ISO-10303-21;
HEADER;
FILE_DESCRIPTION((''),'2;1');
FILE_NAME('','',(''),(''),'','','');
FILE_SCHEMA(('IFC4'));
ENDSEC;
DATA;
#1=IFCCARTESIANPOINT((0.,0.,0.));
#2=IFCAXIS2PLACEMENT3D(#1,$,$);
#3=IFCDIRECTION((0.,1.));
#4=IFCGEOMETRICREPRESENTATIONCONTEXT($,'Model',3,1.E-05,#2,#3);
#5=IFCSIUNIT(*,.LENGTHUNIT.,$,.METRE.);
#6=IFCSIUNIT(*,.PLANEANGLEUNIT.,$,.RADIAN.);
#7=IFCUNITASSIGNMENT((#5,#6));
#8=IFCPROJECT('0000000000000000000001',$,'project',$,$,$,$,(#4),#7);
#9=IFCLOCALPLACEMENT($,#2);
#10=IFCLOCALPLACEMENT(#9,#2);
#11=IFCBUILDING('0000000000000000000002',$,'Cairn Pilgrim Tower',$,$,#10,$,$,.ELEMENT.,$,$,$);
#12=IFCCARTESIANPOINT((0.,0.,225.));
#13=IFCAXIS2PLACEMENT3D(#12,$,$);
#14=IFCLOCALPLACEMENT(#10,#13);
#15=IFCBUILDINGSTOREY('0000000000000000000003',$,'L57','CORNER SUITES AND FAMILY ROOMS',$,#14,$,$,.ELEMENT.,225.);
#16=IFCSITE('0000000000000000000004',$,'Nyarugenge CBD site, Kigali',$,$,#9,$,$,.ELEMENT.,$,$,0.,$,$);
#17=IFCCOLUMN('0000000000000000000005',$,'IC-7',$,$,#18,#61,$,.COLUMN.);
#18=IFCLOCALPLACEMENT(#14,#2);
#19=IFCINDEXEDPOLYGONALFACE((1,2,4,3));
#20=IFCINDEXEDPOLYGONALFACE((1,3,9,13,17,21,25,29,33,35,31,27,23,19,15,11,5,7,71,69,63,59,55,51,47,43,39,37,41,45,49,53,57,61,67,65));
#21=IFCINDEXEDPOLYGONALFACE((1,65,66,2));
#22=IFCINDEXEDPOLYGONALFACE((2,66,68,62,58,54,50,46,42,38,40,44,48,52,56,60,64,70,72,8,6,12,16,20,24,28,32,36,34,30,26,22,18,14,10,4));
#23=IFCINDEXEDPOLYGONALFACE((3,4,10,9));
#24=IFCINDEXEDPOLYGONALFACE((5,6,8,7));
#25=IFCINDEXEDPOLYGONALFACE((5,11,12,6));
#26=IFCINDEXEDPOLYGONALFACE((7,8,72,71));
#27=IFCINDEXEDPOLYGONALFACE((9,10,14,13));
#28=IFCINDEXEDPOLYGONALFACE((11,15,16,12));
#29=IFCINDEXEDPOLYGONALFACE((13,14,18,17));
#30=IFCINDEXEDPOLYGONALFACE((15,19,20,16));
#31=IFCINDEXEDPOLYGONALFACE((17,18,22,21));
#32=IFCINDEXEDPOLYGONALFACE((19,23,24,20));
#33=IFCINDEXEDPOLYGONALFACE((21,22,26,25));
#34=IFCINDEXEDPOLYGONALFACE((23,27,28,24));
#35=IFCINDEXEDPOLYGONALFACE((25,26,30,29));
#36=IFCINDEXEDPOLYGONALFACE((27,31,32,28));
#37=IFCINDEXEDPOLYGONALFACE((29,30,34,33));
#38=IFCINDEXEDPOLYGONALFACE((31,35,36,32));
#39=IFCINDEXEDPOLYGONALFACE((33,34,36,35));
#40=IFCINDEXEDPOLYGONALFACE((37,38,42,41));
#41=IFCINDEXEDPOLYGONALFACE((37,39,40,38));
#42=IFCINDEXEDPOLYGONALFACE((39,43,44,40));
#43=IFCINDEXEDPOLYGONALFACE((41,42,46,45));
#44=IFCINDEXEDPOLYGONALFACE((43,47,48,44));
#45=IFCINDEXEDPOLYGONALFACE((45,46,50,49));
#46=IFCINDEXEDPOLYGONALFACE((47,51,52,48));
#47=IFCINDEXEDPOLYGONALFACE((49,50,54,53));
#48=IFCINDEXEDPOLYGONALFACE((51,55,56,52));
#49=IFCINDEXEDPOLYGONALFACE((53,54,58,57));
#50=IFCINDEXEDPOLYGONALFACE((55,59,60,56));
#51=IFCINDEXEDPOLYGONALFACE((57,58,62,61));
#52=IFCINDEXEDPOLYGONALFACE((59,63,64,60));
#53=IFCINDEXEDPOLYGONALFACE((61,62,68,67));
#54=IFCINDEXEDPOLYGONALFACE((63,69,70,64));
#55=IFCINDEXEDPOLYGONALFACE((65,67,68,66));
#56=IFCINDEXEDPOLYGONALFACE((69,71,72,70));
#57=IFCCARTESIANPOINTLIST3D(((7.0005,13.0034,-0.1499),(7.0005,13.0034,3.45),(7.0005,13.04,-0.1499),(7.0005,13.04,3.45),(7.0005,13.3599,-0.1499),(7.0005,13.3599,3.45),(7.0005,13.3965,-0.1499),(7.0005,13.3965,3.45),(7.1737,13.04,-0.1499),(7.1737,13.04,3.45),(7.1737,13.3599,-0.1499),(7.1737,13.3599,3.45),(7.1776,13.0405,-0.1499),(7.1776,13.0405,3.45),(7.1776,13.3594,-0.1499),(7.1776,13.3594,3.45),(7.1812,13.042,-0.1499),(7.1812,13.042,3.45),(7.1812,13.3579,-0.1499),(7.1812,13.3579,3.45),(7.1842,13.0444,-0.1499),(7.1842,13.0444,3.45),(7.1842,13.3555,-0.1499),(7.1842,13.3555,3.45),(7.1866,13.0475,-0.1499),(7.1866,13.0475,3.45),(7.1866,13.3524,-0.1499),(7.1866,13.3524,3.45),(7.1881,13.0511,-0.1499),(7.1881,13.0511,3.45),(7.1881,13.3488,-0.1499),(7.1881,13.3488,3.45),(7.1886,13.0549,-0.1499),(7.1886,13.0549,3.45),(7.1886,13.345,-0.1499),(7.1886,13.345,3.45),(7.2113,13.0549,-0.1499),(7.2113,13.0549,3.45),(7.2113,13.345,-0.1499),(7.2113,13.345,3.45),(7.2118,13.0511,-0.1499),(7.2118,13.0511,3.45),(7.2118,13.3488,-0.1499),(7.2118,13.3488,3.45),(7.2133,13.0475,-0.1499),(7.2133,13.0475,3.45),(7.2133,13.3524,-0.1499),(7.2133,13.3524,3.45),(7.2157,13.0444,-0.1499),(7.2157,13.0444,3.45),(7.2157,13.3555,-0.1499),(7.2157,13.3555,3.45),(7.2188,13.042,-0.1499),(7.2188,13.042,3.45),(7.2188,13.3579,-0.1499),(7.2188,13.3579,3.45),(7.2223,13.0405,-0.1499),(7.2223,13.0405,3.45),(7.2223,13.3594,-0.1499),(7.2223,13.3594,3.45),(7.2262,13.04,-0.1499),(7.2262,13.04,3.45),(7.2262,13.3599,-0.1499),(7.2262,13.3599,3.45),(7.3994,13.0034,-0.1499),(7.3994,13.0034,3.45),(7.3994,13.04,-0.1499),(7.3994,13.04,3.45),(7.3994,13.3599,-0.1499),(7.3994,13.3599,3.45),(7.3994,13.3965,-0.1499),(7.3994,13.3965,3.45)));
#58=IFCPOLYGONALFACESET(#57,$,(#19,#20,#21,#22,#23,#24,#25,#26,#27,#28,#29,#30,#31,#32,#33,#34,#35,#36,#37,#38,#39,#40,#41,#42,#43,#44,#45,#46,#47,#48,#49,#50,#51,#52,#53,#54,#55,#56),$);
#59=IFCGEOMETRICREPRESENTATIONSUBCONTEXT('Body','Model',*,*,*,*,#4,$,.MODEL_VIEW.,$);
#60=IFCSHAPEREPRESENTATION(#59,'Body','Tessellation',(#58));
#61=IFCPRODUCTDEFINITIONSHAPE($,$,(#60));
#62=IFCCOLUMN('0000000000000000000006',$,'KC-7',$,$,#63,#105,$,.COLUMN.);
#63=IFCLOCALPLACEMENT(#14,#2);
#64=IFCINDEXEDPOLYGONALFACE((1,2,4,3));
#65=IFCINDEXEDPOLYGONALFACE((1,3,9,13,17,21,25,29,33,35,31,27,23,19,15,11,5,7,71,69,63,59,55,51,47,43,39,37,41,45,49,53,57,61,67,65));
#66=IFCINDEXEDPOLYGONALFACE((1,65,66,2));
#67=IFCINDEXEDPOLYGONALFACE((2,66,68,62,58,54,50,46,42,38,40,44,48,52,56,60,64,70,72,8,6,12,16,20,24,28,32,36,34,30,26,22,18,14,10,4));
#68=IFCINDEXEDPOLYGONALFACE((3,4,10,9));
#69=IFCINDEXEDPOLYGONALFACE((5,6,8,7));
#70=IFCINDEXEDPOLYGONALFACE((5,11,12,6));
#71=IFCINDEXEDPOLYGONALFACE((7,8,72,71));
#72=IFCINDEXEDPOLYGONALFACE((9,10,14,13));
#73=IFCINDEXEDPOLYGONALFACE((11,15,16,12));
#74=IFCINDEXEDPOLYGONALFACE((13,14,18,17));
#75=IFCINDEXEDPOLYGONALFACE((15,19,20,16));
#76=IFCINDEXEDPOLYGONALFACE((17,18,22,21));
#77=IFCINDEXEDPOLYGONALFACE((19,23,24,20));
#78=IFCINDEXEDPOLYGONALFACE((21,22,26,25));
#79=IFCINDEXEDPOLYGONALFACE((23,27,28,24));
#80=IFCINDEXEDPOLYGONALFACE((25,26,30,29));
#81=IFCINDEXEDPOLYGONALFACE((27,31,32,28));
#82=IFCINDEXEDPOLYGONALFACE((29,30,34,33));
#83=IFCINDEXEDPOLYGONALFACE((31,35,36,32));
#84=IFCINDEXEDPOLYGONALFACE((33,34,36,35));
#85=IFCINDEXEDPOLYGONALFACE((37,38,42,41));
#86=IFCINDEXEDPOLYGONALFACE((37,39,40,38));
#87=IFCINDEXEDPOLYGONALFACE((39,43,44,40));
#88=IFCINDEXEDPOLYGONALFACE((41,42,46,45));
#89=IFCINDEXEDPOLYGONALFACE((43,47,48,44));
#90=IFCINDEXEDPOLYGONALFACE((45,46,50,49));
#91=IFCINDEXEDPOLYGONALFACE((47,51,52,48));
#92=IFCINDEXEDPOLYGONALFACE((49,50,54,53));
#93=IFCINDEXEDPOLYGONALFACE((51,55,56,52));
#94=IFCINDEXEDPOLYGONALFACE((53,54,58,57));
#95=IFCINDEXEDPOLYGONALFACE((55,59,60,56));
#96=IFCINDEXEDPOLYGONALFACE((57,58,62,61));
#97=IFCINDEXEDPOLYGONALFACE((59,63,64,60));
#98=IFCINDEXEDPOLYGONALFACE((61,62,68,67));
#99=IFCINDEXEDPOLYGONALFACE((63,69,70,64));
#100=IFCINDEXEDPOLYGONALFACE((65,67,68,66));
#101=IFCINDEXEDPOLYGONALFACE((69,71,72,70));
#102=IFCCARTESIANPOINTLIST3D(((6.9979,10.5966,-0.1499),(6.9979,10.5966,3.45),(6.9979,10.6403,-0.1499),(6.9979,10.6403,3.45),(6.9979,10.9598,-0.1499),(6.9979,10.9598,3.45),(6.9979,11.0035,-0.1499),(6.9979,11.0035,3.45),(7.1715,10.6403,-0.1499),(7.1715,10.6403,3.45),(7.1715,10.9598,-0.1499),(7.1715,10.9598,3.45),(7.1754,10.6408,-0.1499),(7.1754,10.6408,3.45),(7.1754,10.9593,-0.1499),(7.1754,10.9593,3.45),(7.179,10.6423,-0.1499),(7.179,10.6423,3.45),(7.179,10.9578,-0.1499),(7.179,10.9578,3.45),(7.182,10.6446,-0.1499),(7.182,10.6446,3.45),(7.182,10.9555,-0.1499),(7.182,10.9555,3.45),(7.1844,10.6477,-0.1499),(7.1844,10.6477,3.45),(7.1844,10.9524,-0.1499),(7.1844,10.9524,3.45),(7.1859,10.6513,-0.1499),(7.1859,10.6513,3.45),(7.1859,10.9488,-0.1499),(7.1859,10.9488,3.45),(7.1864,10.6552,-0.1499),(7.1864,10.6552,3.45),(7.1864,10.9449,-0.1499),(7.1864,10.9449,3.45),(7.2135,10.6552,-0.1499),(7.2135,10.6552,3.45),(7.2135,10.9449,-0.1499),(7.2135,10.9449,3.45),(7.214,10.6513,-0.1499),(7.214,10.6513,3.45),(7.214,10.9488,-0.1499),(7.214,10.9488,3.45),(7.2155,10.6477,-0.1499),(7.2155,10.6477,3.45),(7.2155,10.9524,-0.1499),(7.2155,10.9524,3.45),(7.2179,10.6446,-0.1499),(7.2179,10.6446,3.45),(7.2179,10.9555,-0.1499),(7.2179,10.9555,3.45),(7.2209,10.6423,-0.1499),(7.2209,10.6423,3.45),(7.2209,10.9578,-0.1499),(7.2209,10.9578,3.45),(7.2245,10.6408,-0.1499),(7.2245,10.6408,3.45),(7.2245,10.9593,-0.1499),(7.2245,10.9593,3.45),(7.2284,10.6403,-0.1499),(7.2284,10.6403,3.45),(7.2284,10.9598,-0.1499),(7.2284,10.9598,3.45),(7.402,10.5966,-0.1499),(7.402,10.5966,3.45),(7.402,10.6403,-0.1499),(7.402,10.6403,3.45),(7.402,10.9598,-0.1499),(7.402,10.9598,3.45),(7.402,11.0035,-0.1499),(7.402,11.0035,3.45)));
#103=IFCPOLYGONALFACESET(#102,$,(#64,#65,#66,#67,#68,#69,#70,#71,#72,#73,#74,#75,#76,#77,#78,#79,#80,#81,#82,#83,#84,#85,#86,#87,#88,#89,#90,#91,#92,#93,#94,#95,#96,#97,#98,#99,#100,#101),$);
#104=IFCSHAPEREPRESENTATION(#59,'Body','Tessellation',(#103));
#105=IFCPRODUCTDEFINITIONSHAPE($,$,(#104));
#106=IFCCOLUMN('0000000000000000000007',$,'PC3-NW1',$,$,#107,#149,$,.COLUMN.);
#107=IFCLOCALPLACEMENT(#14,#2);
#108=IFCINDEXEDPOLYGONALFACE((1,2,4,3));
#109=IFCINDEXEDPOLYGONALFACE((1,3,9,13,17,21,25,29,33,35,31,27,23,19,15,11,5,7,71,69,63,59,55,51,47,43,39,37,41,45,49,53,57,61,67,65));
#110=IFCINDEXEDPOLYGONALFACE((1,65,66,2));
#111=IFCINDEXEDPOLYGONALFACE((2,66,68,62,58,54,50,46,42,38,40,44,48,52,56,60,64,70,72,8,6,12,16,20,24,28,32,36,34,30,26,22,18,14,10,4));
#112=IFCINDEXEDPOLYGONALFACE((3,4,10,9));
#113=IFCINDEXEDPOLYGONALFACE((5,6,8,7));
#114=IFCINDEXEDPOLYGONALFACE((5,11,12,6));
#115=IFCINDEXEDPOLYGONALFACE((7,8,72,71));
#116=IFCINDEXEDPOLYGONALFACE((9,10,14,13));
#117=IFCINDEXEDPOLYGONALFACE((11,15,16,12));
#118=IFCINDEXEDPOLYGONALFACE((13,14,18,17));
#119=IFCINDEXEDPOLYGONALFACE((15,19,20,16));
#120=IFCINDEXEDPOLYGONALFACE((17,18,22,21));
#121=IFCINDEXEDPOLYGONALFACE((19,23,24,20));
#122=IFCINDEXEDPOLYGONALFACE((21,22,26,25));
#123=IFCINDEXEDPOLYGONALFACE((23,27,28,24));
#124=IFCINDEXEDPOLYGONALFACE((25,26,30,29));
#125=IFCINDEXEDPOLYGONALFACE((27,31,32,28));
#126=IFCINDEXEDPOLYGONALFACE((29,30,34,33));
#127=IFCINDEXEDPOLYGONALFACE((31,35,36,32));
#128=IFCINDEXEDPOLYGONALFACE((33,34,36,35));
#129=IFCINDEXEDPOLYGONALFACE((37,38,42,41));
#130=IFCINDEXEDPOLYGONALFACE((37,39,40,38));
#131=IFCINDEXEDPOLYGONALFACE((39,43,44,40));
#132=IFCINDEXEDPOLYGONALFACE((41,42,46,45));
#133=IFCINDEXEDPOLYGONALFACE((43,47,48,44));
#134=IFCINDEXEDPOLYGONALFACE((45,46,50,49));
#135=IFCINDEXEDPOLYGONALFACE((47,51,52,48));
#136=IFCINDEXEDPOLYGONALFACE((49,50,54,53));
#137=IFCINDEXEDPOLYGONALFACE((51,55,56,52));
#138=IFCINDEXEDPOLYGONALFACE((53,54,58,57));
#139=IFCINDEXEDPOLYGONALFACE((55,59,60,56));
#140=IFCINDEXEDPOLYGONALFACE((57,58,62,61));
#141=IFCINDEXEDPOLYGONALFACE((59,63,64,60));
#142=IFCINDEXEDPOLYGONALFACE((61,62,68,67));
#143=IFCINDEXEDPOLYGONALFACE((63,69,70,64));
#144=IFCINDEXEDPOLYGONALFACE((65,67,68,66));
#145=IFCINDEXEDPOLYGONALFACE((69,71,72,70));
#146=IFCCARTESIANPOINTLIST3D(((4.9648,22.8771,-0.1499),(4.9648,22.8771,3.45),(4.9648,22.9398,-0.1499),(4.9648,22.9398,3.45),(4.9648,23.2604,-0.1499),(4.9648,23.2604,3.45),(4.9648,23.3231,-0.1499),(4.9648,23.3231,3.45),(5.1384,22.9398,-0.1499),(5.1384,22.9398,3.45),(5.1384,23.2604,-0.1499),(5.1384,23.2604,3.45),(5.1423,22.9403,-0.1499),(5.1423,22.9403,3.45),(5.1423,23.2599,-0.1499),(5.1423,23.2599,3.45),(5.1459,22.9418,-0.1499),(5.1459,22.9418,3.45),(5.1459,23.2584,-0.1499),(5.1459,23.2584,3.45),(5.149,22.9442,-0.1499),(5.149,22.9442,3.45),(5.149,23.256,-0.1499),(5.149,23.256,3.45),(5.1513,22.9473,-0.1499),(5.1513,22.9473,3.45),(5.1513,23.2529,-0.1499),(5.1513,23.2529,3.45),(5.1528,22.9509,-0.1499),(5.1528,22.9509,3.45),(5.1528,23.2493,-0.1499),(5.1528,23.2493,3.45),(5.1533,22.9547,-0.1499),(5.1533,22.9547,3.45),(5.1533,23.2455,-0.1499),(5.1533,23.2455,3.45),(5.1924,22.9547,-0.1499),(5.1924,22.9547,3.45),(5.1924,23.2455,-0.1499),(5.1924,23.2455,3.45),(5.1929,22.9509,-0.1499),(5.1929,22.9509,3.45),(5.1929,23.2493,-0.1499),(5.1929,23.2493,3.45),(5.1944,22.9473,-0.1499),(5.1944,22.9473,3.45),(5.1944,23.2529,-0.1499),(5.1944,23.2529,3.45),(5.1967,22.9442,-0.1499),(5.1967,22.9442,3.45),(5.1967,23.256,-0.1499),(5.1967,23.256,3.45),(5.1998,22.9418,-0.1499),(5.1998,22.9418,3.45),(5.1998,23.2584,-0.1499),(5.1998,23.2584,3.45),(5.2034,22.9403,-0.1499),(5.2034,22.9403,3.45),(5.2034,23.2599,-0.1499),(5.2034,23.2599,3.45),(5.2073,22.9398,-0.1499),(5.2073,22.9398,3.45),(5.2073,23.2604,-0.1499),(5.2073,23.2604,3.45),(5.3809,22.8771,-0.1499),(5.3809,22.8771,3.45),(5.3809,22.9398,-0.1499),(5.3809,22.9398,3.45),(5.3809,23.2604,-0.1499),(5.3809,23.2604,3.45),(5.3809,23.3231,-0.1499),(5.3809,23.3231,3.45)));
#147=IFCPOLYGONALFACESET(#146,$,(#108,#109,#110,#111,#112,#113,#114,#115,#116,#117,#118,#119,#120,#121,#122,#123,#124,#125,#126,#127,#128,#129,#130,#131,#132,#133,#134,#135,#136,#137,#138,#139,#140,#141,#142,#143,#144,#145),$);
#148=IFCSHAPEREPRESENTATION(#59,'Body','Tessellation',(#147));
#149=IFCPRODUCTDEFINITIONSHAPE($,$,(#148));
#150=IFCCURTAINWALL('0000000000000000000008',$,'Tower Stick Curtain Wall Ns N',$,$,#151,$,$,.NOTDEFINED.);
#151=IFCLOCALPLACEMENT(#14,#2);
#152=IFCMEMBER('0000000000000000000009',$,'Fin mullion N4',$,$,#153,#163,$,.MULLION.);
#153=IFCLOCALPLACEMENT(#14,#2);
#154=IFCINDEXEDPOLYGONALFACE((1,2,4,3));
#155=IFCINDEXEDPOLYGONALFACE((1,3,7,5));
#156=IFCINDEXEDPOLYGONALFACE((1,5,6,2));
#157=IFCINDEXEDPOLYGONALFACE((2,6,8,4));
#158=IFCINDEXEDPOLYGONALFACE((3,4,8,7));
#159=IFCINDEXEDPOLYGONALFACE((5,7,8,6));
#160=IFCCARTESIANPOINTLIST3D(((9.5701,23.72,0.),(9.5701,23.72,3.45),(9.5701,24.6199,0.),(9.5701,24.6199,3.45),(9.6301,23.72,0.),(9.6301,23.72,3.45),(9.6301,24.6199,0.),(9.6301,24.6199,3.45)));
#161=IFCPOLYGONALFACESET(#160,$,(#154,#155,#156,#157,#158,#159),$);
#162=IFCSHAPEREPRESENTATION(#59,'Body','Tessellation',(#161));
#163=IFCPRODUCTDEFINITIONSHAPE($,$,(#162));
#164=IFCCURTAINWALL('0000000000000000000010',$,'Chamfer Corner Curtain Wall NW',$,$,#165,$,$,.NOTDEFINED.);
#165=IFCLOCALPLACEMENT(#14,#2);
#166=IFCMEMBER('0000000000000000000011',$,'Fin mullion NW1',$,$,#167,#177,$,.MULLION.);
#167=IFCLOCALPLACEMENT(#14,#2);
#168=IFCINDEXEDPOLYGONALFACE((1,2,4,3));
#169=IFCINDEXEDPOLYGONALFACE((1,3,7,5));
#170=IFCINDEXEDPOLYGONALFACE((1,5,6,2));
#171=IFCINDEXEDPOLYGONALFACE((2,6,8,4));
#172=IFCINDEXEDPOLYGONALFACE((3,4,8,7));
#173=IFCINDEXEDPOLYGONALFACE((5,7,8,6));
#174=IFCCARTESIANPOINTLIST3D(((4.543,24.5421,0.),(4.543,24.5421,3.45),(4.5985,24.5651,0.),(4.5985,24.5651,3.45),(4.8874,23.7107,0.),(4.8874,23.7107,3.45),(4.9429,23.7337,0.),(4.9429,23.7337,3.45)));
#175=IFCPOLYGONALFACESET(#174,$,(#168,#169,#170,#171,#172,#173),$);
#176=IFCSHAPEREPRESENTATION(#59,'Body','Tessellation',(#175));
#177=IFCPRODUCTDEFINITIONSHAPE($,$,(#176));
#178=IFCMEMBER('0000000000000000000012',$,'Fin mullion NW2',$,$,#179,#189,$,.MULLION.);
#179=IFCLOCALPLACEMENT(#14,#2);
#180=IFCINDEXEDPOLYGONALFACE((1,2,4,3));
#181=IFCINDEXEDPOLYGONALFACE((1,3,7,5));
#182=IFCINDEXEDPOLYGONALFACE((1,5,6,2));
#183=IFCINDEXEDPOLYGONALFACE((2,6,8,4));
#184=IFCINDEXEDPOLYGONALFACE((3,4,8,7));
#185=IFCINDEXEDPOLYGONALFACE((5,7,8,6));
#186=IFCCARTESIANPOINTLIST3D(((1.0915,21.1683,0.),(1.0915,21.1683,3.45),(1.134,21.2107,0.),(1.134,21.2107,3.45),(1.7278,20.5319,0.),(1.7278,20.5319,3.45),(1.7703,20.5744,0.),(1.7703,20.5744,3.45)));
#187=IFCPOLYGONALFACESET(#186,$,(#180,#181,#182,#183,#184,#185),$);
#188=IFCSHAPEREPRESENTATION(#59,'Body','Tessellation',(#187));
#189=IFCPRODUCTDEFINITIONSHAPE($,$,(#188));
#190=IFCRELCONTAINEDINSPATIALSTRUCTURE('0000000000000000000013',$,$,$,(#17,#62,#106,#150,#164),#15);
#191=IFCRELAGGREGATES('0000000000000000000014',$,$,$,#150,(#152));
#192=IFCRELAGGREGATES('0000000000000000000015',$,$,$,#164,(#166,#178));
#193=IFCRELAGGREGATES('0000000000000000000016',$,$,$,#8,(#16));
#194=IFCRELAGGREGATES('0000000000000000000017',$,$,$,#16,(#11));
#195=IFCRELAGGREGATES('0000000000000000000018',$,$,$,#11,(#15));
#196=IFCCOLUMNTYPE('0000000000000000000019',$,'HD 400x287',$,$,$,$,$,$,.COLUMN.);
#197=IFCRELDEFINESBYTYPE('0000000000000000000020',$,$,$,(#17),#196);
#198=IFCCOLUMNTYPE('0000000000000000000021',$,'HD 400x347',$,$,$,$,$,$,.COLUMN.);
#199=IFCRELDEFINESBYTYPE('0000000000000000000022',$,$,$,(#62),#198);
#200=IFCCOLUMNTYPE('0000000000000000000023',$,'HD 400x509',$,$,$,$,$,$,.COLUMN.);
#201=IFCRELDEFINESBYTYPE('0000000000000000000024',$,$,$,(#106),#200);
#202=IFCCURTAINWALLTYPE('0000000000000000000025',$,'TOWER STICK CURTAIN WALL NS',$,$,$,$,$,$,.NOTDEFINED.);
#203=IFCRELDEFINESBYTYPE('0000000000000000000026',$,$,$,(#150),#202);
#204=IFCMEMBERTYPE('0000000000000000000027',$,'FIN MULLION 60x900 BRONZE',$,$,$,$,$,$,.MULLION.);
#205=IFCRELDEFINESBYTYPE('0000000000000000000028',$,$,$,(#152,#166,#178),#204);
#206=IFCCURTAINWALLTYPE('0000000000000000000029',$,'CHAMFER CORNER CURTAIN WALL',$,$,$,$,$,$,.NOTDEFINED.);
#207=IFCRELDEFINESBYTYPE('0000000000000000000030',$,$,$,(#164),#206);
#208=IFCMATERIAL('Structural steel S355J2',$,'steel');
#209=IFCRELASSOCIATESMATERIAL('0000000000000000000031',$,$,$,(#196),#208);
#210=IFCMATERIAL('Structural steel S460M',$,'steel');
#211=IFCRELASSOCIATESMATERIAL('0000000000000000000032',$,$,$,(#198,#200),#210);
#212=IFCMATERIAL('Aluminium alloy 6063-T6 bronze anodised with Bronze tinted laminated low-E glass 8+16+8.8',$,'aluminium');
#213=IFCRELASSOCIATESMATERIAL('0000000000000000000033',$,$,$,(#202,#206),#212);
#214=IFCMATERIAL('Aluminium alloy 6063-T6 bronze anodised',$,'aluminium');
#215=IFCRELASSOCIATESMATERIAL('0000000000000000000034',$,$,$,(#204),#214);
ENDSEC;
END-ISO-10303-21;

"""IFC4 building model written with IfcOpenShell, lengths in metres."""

from ifc_helpers import new_model, si_unit, direction, frame, origin, origin_2d, place, context, subcontext, project, spatial, rectangle, i_section, extrude, material, material_profile, profile_set, type_object, element, aggregate, save


model = new_model("IFC4")

# Units and contexts
model_context = context("Model", 3, precision=1e-05, world=origin(), true_north=direction((0.0, 1.0)))
body_context = subcontext(model_context, "Body", "Model", "MODEL_VIEW")
ifc_project = project(units=[si_unit("LENGTHUNIT", "METRE"), si_unit("PLANEANGLEUNIT", "RADIAN")], contexts=[model_context])

# Site, building, storey
site_placement = place(None, origin())
site = spatial("IfcSite", under=ifc_project, at=site_placement, Name="Nyarugenge CBD site, Kigali", CompositionType="ELEMENT", RefElevation=0.0)
building_placement = place(site_placement, origin())
building = spatial("IfcBuilding", under=site, at=building_placement, Name="Cairn Pilgrim Tower", CompositionType="ELEMENT")
storey_placement = place(building_placement, frame((0.0, 0.0, 225.0)))
storey = spatial("IfcBuildingStorey", under=building, at=storey_placement, Name="L57", Description="CORNER SUITES AND FAMILY ROOMS", CompositionType="ELEMENT", Elevation=225.0)

# Columns
ifc_material_1 = material(Name="Structural steel S355J2", Category="steel")
ifc_material_profile_1 = material_profile(ifc_material_1, i_section(OverallWidth=0.3989, OverallDepth=0.3931, WebThickness=0.0227, FlangeThickness=0.0366, FilletRadius=0.0149, at=origin_2d()), Name="HD 400x287")
ifc_profile_set_1 = profile_set([ifc_material_profile_1], Name="Structural steel S355J2")
column_type_1 = type_object("IfcColumnType", Name="HD 400x287", PredefinedType="COLUMN", material=ifc_profile_set_1)
column_1_placement = place(storey_placement, frame((7.2, 13.2, -0.1499), z_axis=(0.0, 0.0, 1.0), x_axis=(1.0, 0.0, 0.0)))
element("IfcColumn", 1, at=column_1_placement, inside=storey, type_object=column_type_1, Name="IC-7", PredefinedType="COLUMN", context=body_context, shape_type="SweptSolid", body=[
    extrude(i_section(OverallWidth=0.3989, OverallDepth=0.3931, WebThickness=0.0227, FlangeThickness=0.0366, FilletRadius=0.0149, at=origin_2d()), origin(), (0.0, 0.0, 1.0), 3.5999),
])
ifc_material_2 = material(Name="Structural steel S460M", Category="steel")
ifc_material_profile_2 = material_profile(ifc_material_2, i_section(OverallWidth=0.4041, OverallDepth=0.407, WebThickness=0.0271, FlangeThickness=0.0437, FilletRadius=0.0149, at=origin_2d()), Name="HD 400x347")
ifc_profile_set_2 = profile_set([ifc_material_profile_2], Name="Structural steel S460M")
column_type_2 = type_object("IfcColumnType", Name="HD 400x347", PredefinedType="COLUMN", material=ifc_profile_set_2)
column_2_placement = place(storey_placement, frame((7.2, 10.8, -0.1499), z_axis=(0.0, 0.0, 1.0), x_axis=(1.0, 0.0, 0.0)))
element("IfcColumn", 2, at=column_2_placement, inside=storey, type_object=column_type_2, Name="KC-7", PredefinedType="COLUMN", context=body_context, shape_type="SweptSolid", body=[
    extrude(i_section(OverallWidth=0.4041, OverallDepth=0.407, WebThickness=0.0271, FlangeThickness=0.0437, FilletRadius=0.0149, at=origin_2d()), origin(), (0.0, 0.0, 1.0), 3.5999),
])
ifc_material_profile_3 = material_profile(ifc_material_2, i_section(OverallWidth=0.416, OverallDepth=0.446, WebThickness=0.0391, FlangeThickness=0.0627, FilletRadius=0.0149, at=origin_2d()), Name="HD 400x509")
ifc_profile_set_3 = profile_set([ifc_material_profile_3], Name="Structural steel S460M")
column_type_3 = type_object("IfcColumnType", Name="HD 400x509", PredefinedType="COLUMN", material=ifc_profile_set_3)
column_3_placement = place(storey_placement, frame((5.1729, 23.1001, -0.1499), z_axis=(0.0, 0.0, 1.0), x_axis=(1.0, 0.0, 0.0)))
element("IfcColumn", 3, at=column_3_placement, inside=storey, type_object=column_type_3, Name="PC3-NW1", PredefinedType="COLUMN", context=body_context, shape_type="SweptSolid", body=[
    extrude(i_section(OverallWidth=0.416, OverallDepth=0.446, WebThickness=0.0391, FlangeThickness=0.0627, FilletRadius=0.0149, at=origin_2d()), origin(), (0.0, 0.0, 1.0), 3.5999),
])

# Curtain wall, member
ifc_material_3 = material(Name="Aluminium alloy 6063-T6 bronze anodised with Bronze tinted laminated low-E glass 8+16+8.8", Category="aluminium")
curtain_wall_type_1 = type_object("IfcCurtainWallType", Name="TOWER STICK CURTAIN WALL NS", PredefinedType="NOTDEFINED", material=ifc_material_3)
curtain_wall_1_placement = place(storey_placement, origin())
curtain_wall_1 = element("IfcCurtainWall", 4, at=curtain_wall_1_placement, inside=storey, type_object=curtain_wall_type_1, Name="Tower Stick Curtain Wall Ns N", PredefinedType="NOTDEFINED")
ifc_material_4 = material(Name="Aluminium alloy 6063-T6 bronze anodised", Category="aluminium")
ifc_material_profile_4 = material_profile(ifc_material_4, rectangle(XDim=0.8999, YDim=0.0601, at=origin_2d()), Name="FIN MULLION 60x900 BRONZE")
ifc_profile_set_4 = profile_set([ifc_material_profile_4], Name="Aluminium alloy 6063-T6 bronze anodised")
member_type_1 = type_object("IfcMemberType", Name="FIN MULLION 60x900 BRONZE", PredefinedType="MULLION", material=ifc_profile_set_4)
member_1_placement = place(storey_placement, frame((9.6001, 24.1699, 0.0), z_axis=(0.0, 0.0, 1.0), x_axis=(0.0, 1.0, 0.0)))
member_1 = element("IfcMember", 5, at=member_1_placement, type_object=member_type_1, Name="Fin mullion N4", PredefinedType="MULLION", context=body_context, shape_type="SweptSolid", body=[
    extrude(rectangle(XDim=0.8999, YDim=0.0601, at=origin_2d()), origin(), (0.0, 0.0, 1.0), 3.45),
])
aggregate(curtain_wall_1, [member_1])

# Curtain wall, members
curtain_wall_type_2 = type_object("IfcCurtainWallType", Name="CHAMFER CORNER CURTAIN WALL", PredefinedType="NOTDEFINED", material=ifc_material_3)
curtain_wall_2_placement = place(storey_placement, origin())
curtain_wall_2 = element("IfcCurtainWall", 6, at=curtain_wall_2_placement, inside=storey, type_object=curtain_wall_type_2, Name="Chamfer Corner Curtain Wall NW", PredefinedType="NOTDEFINED")
member_2_placement = place(storey_placement, frame((4.7429, 24.1379, 0.0), z_axis=(0.0, 0.0, 1.0), x_axis=(-0.382683, 0.92388, 0.0)))
member_2 = element("IfcMember", 7, at=member_2_placement, type_object=member_type_1, Name="Fin mullion NW1", PredefinedType="MULLION", context=body_context, shape_type="SweptSolid", body=[
    extrude(rectangle(XDim=0.8999, YDim=0.0601, at=origin_2d()), origin(), (0.0, 0.0, 1.0), 3.45),
])
member_3_placement = place(storey_placement, frame((1.4309, 20.8713, 0.0), z_axis=(0.0, 0.0, 1.0), x_axis=(-0.707107, 0.707107, 0.0)))
member_3 = element("IfcMember", 8, at=member_3_placement, type_object=member_type_1, Name="Fin mullion NW2", PredefinedType="MULLION", context=body_context, shape_type="SweptSolid", body=[
    extrude(rectangle(XDim=0.8999, YDim=0.0601, at=origin_2d()), origin(), (0.0, 0.0, 1.0), 3.45),
])

aggregate(curtain_wall_2, [member_2, member_3])

save(model, "model.ifc")
